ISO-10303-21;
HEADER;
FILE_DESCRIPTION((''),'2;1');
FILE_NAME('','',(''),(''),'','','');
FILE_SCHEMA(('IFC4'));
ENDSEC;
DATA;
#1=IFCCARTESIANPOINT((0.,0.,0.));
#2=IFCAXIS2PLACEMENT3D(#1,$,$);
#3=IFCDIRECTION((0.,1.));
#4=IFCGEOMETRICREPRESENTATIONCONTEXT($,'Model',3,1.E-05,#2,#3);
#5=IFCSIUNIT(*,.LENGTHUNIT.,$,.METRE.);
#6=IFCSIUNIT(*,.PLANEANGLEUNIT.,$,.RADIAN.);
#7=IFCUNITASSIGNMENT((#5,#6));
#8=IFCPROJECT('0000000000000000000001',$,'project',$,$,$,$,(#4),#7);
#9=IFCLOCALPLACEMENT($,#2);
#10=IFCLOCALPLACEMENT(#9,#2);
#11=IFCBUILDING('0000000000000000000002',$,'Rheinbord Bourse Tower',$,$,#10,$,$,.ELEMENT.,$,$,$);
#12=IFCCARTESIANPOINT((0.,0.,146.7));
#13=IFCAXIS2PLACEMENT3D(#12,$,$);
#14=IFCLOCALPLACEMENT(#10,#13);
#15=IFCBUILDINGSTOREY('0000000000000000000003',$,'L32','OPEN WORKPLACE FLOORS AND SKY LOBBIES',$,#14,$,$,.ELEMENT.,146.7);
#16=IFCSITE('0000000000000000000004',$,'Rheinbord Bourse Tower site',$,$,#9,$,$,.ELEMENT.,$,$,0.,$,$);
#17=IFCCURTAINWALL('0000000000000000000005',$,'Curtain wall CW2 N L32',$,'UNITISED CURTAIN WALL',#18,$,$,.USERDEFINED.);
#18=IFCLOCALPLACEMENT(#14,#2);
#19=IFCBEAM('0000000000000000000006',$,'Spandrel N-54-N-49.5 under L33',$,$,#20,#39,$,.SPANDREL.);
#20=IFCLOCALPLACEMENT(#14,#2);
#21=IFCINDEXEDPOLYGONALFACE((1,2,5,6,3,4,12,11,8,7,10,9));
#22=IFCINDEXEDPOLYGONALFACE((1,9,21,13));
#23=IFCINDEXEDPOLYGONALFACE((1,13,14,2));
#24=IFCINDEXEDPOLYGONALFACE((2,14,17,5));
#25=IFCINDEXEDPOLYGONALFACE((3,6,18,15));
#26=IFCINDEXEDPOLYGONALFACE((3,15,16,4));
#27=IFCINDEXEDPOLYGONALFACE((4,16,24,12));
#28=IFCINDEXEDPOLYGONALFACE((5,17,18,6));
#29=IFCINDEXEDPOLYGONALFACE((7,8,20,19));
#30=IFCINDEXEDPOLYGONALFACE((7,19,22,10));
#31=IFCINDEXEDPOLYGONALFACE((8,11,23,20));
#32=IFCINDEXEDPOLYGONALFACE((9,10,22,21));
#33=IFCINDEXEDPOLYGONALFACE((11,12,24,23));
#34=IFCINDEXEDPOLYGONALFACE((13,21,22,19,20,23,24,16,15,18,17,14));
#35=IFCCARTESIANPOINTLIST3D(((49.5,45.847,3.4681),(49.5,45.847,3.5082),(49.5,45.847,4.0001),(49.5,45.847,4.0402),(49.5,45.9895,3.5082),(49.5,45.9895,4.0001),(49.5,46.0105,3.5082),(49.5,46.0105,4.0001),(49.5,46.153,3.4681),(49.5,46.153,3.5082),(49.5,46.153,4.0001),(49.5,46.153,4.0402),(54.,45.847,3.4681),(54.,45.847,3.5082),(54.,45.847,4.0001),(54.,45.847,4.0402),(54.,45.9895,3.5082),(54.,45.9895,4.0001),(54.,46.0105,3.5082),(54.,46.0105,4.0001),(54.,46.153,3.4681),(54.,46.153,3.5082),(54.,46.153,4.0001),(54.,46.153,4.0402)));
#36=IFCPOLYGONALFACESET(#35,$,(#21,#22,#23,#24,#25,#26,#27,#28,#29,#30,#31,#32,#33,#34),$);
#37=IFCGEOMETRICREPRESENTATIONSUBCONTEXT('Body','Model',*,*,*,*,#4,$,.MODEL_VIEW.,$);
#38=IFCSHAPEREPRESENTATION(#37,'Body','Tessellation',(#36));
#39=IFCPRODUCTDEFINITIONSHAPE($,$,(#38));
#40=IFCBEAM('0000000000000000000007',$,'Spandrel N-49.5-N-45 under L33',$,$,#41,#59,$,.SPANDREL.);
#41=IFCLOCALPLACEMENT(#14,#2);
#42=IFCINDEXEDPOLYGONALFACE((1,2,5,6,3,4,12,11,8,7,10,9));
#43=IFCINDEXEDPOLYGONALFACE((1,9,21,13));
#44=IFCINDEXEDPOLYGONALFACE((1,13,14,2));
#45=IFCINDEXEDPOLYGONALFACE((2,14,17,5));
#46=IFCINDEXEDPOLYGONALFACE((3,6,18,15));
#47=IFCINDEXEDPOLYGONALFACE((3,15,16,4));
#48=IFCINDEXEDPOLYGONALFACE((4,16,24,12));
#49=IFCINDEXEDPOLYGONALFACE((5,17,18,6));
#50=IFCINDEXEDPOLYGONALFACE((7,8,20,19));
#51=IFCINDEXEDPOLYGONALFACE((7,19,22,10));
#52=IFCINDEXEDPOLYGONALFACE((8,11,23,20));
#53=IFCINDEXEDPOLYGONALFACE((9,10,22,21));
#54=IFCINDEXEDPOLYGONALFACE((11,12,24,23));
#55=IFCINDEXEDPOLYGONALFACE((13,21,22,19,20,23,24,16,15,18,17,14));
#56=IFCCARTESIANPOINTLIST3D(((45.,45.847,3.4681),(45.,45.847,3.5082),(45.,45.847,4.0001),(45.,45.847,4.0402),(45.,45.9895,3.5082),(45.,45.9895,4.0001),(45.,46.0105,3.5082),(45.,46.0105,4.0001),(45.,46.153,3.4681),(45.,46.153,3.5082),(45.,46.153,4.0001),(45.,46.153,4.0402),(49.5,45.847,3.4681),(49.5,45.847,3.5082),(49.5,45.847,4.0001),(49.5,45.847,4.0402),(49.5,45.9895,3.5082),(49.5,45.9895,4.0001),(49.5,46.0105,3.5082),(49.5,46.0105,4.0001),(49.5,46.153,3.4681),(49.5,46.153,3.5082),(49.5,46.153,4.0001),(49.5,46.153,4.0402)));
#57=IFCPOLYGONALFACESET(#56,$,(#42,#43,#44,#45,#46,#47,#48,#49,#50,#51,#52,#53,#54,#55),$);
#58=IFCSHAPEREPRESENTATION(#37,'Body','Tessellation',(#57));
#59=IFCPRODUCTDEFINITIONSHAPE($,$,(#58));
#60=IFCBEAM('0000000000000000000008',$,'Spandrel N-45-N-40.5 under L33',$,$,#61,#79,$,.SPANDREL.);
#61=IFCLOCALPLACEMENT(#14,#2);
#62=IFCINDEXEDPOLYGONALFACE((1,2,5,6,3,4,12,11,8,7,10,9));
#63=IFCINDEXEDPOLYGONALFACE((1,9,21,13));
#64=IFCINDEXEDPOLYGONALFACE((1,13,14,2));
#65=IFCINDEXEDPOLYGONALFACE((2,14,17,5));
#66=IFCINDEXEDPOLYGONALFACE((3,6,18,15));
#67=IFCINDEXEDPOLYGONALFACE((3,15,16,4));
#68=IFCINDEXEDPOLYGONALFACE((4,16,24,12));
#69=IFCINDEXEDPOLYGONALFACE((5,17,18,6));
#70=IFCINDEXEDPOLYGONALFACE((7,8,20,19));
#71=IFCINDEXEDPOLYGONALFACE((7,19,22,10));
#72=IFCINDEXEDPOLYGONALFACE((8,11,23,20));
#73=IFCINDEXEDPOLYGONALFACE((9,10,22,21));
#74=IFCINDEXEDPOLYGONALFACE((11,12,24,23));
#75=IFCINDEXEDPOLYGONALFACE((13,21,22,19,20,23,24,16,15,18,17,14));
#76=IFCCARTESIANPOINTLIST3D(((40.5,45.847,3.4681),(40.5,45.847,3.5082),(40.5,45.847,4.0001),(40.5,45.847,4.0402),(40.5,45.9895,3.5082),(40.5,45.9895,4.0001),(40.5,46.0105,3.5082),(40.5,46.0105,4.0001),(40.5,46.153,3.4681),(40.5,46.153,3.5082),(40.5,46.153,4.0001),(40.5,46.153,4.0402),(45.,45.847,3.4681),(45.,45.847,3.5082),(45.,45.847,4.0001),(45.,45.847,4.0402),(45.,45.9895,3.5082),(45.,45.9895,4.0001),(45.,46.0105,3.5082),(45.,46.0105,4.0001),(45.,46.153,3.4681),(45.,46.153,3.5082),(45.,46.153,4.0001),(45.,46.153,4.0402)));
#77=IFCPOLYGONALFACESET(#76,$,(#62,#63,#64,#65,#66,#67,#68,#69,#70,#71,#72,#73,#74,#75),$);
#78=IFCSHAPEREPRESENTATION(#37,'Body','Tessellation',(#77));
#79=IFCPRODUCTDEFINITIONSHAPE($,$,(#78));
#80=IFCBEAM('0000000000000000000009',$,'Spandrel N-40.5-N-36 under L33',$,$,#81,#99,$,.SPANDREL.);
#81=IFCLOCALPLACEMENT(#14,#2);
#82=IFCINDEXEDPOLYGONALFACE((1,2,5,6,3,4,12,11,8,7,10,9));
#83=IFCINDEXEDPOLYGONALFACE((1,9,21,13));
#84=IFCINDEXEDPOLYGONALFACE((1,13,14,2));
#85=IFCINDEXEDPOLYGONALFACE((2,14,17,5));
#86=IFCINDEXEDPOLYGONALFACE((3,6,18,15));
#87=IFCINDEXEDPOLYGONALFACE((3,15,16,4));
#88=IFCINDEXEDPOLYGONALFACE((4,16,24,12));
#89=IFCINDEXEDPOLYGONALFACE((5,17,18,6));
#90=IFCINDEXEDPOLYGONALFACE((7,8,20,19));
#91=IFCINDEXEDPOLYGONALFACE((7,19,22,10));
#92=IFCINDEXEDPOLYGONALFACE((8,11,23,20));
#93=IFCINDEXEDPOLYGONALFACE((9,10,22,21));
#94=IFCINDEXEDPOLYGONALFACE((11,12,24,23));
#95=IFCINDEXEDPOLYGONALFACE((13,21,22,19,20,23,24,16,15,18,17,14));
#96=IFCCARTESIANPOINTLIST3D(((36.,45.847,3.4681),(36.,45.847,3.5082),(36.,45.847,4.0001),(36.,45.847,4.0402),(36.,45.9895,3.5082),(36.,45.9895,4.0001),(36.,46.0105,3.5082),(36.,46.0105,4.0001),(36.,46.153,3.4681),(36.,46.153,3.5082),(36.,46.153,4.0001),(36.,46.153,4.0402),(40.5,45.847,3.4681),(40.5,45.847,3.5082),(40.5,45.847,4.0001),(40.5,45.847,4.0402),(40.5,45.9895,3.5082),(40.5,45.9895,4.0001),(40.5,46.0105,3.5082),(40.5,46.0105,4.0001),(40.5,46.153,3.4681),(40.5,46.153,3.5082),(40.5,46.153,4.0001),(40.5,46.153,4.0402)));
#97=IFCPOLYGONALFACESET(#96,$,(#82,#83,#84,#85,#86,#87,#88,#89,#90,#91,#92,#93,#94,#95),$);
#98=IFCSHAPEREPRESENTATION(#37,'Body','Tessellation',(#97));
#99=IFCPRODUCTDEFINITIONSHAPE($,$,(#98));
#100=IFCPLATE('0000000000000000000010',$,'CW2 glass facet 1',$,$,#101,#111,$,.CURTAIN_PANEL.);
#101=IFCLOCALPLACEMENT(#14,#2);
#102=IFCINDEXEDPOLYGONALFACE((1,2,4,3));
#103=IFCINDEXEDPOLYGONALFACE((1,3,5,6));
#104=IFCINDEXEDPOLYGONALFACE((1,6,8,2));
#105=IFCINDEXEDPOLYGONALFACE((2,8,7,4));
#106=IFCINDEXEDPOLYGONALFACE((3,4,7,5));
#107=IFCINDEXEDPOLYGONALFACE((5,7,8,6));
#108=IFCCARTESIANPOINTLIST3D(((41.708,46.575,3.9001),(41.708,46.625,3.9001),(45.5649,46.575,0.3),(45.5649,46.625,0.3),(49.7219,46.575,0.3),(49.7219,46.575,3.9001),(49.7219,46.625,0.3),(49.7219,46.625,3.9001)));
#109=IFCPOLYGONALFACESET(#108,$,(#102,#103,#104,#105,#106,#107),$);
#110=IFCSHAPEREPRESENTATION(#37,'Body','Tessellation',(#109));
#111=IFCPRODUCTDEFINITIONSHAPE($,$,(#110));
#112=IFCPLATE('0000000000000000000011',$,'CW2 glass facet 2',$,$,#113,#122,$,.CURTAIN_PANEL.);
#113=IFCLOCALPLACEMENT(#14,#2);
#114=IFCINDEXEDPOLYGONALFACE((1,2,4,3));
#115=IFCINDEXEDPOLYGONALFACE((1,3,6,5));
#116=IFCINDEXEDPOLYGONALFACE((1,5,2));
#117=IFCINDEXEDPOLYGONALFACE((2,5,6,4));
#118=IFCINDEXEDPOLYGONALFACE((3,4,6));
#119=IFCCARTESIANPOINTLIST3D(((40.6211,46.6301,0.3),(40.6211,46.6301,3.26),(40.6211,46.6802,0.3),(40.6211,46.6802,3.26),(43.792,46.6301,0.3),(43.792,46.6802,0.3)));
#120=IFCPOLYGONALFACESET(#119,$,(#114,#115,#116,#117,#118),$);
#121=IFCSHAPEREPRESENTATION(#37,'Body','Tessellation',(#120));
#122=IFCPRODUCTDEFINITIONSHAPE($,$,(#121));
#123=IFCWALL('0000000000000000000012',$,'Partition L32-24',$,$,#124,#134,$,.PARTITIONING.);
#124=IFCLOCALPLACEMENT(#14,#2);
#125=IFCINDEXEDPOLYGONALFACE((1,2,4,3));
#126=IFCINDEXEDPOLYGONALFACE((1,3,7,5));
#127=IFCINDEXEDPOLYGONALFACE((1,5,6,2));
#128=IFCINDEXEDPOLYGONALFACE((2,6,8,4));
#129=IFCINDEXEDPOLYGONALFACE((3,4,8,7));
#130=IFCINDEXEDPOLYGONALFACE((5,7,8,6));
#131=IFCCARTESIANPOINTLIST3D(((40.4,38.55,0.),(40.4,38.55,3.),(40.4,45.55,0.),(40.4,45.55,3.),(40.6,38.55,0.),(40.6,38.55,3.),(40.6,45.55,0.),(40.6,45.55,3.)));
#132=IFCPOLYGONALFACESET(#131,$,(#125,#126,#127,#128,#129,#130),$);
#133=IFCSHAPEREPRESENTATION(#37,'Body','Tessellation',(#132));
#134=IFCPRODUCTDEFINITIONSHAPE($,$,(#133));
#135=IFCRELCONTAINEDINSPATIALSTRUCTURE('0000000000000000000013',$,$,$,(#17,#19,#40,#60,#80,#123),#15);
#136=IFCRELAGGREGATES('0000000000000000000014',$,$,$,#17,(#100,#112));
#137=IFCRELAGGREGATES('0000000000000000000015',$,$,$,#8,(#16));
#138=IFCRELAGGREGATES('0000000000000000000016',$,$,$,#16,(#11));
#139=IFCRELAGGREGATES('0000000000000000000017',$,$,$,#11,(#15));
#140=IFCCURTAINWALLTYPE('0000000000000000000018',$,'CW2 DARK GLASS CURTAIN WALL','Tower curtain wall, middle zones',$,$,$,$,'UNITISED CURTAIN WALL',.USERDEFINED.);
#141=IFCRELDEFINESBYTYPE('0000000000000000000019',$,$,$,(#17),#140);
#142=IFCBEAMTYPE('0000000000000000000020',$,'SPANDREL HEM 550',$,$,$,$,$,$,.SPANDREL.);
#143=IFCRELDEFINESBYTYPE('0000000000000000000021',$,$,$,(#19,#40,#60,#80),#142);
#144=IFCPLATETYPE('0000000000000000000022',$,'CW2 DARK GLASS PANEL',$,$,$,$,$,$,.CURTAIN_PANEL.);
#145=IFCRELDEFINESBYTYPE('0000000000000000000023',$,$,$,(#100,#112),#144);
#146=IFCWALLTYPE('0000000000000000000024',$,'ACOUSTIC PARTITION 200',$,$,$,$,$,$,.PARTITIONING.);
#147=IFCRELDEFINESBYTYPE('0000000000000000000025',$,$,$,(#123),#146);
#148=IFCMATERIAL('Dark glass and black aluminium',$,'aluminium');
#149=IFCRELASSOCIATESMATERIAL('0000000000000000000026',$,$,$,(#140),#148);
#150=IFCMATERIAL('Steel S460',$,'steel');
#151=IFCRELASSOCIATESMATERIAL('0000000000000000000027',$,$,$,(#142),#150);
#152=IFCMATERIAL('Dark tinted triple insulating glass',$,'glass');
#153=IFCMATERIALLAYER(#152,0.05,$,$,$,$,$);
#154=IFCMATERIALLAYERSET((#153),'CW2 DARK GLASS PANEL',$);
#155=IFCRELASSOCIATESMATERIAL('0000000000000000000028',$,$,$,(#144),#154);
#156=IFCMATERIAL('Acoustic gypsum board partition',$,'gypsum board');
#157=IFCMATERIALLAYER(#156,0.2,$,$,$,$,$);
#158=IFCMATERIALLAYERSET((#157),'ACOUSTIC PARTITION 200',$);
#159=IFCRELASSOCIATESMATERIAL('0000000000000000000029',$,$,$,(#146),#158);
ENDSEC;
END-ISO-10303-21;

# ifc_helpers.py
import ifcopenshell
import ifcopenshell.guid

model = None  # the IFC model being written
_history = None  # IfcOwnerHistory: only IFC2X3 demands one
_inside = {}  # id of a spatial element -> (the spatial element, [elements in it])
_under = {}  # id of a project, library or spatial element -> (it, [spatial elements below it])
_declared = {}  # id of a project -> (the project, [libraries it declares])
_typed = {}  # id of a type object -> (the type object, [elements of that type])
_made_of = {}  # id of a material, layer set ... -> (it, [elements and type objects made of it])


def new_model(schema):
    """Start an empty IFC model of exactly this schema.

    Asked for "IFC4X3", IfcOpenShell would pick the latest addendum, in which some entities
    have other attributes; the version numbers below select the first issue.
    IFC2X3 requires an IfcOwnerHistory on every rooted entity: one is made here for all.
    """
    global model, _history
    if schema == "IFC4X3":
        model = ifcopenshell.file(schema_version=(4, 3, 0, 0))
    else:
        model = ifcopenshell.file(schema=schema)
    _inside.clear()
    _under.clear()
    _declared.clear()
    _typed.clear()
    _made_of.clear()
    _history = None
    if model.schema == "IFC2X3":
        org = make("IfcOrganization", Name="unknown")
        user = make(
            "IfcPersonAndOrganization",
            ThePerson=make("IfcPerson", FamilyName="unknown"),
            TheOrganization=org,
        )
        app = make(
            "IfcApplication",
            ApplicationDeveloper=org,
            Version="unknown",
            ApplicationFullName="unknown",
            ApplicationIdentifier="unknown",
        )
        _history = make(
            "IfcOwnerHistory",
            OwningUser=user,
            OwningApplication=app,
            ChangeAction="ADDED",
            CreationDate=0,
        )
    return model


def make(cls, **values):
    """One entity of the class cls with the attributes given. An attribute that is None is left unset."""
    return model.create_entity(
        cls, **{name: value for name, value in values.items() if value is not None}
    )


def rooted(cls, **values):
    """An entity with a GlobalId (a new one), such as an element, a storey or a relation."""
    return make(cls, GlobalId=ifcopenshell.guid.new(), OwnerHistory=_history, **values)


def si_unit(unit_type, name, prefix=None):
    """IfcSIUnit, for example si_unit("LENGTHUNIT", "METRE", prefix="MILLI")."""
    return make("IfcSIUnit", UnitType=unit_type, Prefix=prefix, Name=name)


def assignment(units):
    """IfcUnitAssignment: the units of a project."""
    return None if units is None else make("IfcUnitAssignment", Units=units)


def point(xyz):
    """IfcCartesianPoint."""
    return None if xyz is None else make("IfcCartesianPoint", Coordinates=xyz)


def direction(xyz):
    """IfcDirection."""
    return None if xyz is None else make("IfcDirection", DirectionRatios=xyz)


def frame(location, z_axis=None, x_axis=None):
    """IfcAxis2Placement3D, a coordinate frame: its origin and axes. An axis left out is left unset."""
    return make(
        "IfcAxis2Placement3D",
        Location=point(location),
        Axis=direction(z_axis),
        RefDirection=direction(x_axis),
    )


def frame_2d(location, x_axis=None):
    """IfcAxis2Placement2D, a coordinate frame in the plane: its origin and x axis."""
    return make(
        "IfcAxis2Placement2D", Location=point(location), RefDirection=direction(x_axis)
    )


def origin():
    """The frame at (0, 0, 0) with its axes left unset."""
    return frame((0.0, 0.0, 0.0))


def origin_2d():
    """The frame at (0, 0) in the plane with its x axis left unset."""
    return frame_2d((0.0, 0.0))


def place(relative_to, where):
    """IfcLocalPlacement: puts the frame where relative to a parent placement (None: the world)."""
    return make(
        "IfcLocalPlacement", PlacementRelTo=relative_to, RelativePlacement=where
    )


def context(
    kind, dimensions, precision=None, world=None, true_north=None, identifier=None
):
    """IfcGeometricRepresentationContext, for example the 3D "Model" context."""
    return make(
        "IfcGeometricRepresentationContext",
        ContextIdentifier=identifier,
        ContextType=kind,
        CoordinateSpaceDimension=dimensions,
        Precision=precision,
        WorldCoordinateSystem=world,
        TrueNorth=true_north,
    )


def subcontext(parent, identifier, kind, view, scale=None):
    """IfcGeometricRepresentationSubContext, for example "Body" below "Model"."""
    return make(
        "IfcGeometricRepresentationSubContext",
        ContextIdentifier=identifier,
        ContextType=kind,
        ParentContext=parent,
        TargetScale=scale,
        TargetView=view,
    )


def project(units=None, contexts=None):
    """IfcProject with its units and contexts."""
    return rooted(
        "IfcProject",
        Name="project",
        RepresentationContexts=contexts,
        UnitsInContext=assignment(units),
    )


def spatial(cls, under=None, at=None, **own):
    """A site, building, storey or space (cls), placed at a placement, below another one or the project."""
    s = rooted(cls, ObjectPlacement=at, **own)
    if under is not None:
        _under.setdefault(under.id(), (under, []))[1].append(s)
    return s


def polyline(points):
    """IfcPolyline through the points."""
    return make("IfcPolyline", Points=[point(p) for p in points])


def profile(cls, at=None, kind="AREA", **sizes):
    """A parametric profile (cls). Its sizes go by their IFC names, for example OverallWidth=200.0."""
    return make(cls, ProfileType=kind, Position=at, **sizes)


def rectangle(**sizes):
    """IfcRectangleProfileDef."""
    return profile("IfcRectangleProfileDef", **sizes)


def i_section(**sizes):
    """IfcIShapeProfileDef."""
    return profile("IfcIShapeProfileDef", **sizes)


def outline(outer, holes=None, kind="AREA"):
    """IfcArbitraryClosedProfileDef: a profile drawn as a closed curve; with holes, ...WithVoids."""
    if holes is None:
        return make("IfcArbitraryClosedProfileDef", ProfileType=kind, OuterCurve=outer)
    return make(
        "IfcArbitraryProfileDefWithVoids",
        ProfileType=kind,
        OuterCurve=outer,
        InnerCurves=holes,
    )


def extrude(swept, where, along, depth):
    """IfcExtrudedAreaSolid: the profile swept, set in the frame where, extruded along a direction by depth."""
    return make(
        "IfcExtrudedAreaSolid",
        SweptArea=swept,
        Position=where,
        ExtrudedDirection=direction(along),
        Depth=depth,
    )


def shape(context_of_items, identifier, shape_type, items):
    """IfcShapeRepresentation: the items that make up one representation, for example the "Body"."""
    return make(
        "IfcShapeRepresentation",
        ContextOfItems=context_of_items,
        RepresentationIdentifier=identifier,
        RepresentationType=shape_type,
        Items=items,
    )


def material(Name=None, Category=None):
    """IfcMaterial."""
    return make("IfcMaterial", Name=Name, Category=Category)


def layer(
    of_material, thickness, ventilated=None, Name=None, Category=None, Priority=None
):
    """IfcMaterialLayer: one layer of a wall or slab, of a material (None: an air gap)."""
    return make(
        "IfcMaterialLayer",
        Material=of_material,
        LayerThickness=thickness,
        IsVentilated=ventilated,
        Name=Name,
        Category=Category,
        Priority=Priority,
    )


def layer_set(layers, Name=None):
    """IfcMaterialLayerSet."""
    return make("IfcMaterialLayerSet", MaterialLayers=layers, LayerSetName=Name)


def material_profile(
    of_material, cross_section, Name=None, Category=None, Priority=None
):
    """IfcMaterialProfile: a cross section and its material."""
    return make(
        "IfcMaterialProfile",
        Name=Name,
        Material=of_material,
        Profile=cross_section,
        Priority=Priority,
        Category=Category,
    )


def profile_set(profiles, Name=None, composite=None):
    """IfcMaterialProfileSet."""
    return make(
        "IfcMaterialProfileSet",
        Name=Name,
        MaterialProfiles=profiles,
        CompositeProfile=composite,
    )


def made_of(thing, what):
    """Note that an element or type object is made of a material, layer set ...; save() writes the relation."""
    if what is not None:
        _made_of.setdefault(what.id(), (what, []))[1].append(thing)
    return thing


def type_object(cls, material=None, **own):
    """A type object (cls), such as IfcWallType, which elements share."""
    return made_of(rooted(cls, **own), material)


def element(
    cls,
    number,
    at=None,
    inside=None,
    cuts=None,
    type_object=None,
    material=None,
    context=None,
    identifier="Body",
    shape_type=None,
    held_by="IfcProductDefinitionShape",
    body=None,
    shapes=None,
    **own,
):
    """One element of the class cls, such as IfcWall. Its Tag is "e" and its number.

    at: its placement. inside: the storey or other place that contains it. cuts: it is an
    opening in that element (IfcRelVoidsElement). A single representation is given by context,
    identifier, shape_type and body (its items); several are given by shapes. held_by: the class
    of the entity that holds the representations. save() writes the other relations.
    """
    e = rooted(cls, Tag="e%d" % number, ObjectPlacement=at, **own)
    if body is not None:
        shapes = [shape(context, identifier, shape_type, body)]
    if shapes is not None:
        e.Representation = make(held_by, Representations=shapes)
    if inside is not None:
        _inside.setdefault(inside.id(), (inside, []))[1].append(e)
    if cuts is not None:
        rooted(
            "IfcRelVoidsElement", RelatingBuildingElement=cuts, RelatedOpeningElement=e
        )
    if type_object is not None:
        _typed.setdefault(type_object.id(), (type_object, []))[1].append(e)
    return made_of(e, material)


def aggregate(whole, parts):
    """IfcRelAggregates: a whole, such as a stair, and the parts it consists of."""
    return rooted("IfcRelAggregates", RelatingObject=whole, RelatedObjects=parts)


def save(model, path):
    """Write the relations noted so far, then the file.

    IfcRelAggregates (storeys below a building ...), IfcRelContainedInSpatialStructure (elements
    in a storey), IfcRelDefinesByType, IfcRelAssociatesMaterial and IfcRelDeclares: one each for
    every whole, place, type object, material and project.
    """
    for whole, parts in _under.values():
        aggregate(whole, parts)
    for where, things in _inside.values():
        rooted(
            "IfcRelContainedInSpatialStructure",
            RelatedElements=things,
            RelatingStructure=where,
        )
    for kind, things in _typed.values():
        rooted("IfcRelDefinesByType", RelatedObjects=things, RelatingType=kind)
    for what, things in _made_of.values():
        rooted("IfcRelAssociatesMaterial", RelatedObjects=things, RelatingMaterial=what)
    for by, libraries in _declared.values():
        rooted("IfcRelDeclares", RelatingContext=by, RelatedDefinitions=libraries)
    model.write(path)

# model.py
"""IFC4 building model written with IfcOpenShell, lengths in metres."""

from ifc_helpers import new_model, si_unit, direction, frame, frame_2d, origin, origin_2d, place, context, subcontext, project, spatial, polyline, rectangle, i_section, outline, extrude, material, layer, layer_set, material_profile, profile_set, type_object, element, aggregate, save


model = new_model("IFC4")

# Units and contexts
model_context = context("Model", 3, precision=1e-05, world=origin(), true_north=direction((0.0, 1.0)))
body_context = subcontext(model_context, "Body", "Model", "MODEL_VIEW")
ifc_project = project(units=[si_unit("LENGTHUNIT", "METRE"), si_unit("PLANEANGLEUNIT", "RADIAN")], contexts=[model_context])

# Site, building, storey
site_placement = place(None, origin())
site = spatial("IfcSite", under=ifc_project, at=site_placement, Name="Rheinbord Bourse Tower site", CompositionType="ELEMENT", RefElevation=0.0)
building_placement = place(site_placement, origin())
building = spatial("IfcBuilding", under=site, at=building_placement, Name="Rheinbord Bourse Tower", CompositionType="ELEMENT")
storey_placement = place(building_placement, frame((0.0, 0.0, 146.7)))
storey = spatial("IfcBuildingStorey", under=building, at=storey_placement, Name="L32", Description="OPEN WORKPLACE FLOORS AND SKY LOBBIES", CompositionType="ELEMENT", Elevation=146.7)

# Curtain wall
ifc_material_1 = material(Name="Dark glass and black aluminium", Category="aluminium")
curtain_wall_type = type_object("IfcCurtainWallType", Name="CW2 DARK GLASS CURTAIN WALL", Description="Tower curtain wall, middle zones", ElementType="UNITISED CURTAIN WALL", PredefinedType="USERDEFINED", material=ifc_material_1)
curtain_wall_placement = place(storey_placement, origin())
curtain_wall = element("IfcCurtainWall", 1, at=curtain_wall_placement, inside=storey, type_object=curtain_wall_type, Name="Curtain wall CW2 N L32", ObjectType="UNITISED CURTAIN WALL", PredefinedType="USERDEFINED")

# Beams
ifc_material_2 = material(Name="Steel S460", Category="steel")
ifc_material_profile_1 = material_profile(ifc_material_2, i_section(OverallWidth=0.3059, OverallDepth=0.572, WebThickness=0.021, FlangeThickness=0.04, at=origin_2d()), Name="HEM 550")
ifc_profile_set_1 = profile_set([ifc_material_profile_1], Name="Steel S460")
beam_type_1 = type_object("IfcBeamType", Name="SPANDREL HEM 550", PredefinedType="SPANDREL", material=ifc_profile_set_1)
for number, where, z_axis, x_axis, name in (
    (2, (54.0, 46.0, 3.7542), (-1.0, 0.0, 0.0), (0.0, -1.0, 0.0), "Spandrel N-54-N-49.5 under L33"),
    (3, (49.5, 46.0, 3.7542), (-1.0, 0.0, 0.0), (0.0, -1.0, 0.0), "Spandrel N-49.5-N-45 under L33"),
    (4, (45.0, 46.0, 3.7542), (-1.0, 0.0, 0.0), (0.0, -1.0, 0.0), "Spandrel N-45-N-40.5 under L33"),
    (5, (40.5, 46.0, 3.7542), (-1.0, 0.0, 0.0), (0.0, -1.0, 0.0), "Spandrel N-40.5-N-36 under L33"),
):
    element("IfcBeam", number, at=place(storey_placement, frame(where, z_axis=z_axis, x_axis=x_axis)), inside=storey, type_object=beam_type_1, Name=name, PredefinedType="SPANDREL", context=body_context, shape_type="SweptSolid", body=[
        extrude(i_section(OverallWidth=0.3059, OverallDepth=0.572, WebThickness=0.021, FlangeThickness=0.04, at=origin_2d()), origin(), (0.0, 0.0, 1.0), 4.5),
    ])

# Plates
ifc_material_3 = material(Name="Dark tinted triple insulating glass", Category="glass")
ifc_layer_1 = layer(ifc_material_3, 0.05)
ifc_layer_set_1 = layer_set([ifc_layer_1], Name="CW2 DARK GLASS PANEL")
plate_type = type_object("IfcPlateType", Name="CW2 DARK GLASS PANEL", PredefinedType="CURTAIN_PANEL", material=ifc_layer_set_1)
plate_1_placement = place(storey_placement, frame((49.7219, 46.625, 0.3), z_axis=(0.0, -1.0, 0.0), x_axis=(0.0, 0.0, 1.0)))
plate_1 = element("IfcPlate", 6, at=plate_1_placement, type_object=plate_type, Name="CW2 glass facet 1", PredefinedType="CURTAIN_PANEL", context=body_context, shape_type="SweptSolid", body=[
    extrude(outline(polyline([(0.0, 0.0), (3.6001, 0.0), (3.6001, 8.0139), (0.0, 4.157), (0.0, 0.0)])), origin(), (0.0, 0.0, 1.0), 0.05),
])
plate_2_placement = place(storey_placement, frame((40.6211, 46.6802, 0.3), z_axis=(0.0, -1.0, 0.0), x_axis=(1.0, 0.0, 0.0)))
plate_2 = element("IfcPlate", 7, at=plate_2_placement, type_object=plate_type, Name="CW2 glass facet 2", PredefinedType="CURTAIN_PANEL", context=body_context, shape_type="SweptSolid", body=[
    extrude(outline(polyline([(0.0, 0.0), (3.1709, 0.0), (0.0, 2.96), (0.0, 0.0)])), origin(), (0.0, 0.0, 1.0), 0.05),
])
aggregate(curtain_wall, [plate_1, plate_2])

# Wall
ifc_material_4 = material(Name="Acoustic gypsum board partition", Category="gypsum board")
ifc_layer_2 = layer(ifc_material_4, 0.2)
ifc_layer_set_2 = layer_set([ifc_layer_2], Name="ACOUSTIC PARTITION 200")
wall_type_1 = type_object("IfcWallType", Name="ACOUSTIC PARTITION 200", PredefinedType="PARTITIONING", material=ifc_layer_set_2)
wall_1_placement = place(storey_placement, frame((40.5, 38.55, 0.0), z_axis=(0.0, 0.0, 1.0), x_axis=(0.0, 1.0, 0.0)))
element("IfcWall", 8, at=wall_1_placement, inside=storey, type_object=wall_type_1, Name="Partition L32-24", PredefinedType="PARTITIONING", context=body_context, shape_type="SweptSolid", body=[
    extrude(rectangle(XDim=7.0, YDim=0.2, at=frame_2d((3.5, 0.0))), origin(), (0.0, 0.0, 1.0), 3.0),
])

save(model, "model.ifc")
